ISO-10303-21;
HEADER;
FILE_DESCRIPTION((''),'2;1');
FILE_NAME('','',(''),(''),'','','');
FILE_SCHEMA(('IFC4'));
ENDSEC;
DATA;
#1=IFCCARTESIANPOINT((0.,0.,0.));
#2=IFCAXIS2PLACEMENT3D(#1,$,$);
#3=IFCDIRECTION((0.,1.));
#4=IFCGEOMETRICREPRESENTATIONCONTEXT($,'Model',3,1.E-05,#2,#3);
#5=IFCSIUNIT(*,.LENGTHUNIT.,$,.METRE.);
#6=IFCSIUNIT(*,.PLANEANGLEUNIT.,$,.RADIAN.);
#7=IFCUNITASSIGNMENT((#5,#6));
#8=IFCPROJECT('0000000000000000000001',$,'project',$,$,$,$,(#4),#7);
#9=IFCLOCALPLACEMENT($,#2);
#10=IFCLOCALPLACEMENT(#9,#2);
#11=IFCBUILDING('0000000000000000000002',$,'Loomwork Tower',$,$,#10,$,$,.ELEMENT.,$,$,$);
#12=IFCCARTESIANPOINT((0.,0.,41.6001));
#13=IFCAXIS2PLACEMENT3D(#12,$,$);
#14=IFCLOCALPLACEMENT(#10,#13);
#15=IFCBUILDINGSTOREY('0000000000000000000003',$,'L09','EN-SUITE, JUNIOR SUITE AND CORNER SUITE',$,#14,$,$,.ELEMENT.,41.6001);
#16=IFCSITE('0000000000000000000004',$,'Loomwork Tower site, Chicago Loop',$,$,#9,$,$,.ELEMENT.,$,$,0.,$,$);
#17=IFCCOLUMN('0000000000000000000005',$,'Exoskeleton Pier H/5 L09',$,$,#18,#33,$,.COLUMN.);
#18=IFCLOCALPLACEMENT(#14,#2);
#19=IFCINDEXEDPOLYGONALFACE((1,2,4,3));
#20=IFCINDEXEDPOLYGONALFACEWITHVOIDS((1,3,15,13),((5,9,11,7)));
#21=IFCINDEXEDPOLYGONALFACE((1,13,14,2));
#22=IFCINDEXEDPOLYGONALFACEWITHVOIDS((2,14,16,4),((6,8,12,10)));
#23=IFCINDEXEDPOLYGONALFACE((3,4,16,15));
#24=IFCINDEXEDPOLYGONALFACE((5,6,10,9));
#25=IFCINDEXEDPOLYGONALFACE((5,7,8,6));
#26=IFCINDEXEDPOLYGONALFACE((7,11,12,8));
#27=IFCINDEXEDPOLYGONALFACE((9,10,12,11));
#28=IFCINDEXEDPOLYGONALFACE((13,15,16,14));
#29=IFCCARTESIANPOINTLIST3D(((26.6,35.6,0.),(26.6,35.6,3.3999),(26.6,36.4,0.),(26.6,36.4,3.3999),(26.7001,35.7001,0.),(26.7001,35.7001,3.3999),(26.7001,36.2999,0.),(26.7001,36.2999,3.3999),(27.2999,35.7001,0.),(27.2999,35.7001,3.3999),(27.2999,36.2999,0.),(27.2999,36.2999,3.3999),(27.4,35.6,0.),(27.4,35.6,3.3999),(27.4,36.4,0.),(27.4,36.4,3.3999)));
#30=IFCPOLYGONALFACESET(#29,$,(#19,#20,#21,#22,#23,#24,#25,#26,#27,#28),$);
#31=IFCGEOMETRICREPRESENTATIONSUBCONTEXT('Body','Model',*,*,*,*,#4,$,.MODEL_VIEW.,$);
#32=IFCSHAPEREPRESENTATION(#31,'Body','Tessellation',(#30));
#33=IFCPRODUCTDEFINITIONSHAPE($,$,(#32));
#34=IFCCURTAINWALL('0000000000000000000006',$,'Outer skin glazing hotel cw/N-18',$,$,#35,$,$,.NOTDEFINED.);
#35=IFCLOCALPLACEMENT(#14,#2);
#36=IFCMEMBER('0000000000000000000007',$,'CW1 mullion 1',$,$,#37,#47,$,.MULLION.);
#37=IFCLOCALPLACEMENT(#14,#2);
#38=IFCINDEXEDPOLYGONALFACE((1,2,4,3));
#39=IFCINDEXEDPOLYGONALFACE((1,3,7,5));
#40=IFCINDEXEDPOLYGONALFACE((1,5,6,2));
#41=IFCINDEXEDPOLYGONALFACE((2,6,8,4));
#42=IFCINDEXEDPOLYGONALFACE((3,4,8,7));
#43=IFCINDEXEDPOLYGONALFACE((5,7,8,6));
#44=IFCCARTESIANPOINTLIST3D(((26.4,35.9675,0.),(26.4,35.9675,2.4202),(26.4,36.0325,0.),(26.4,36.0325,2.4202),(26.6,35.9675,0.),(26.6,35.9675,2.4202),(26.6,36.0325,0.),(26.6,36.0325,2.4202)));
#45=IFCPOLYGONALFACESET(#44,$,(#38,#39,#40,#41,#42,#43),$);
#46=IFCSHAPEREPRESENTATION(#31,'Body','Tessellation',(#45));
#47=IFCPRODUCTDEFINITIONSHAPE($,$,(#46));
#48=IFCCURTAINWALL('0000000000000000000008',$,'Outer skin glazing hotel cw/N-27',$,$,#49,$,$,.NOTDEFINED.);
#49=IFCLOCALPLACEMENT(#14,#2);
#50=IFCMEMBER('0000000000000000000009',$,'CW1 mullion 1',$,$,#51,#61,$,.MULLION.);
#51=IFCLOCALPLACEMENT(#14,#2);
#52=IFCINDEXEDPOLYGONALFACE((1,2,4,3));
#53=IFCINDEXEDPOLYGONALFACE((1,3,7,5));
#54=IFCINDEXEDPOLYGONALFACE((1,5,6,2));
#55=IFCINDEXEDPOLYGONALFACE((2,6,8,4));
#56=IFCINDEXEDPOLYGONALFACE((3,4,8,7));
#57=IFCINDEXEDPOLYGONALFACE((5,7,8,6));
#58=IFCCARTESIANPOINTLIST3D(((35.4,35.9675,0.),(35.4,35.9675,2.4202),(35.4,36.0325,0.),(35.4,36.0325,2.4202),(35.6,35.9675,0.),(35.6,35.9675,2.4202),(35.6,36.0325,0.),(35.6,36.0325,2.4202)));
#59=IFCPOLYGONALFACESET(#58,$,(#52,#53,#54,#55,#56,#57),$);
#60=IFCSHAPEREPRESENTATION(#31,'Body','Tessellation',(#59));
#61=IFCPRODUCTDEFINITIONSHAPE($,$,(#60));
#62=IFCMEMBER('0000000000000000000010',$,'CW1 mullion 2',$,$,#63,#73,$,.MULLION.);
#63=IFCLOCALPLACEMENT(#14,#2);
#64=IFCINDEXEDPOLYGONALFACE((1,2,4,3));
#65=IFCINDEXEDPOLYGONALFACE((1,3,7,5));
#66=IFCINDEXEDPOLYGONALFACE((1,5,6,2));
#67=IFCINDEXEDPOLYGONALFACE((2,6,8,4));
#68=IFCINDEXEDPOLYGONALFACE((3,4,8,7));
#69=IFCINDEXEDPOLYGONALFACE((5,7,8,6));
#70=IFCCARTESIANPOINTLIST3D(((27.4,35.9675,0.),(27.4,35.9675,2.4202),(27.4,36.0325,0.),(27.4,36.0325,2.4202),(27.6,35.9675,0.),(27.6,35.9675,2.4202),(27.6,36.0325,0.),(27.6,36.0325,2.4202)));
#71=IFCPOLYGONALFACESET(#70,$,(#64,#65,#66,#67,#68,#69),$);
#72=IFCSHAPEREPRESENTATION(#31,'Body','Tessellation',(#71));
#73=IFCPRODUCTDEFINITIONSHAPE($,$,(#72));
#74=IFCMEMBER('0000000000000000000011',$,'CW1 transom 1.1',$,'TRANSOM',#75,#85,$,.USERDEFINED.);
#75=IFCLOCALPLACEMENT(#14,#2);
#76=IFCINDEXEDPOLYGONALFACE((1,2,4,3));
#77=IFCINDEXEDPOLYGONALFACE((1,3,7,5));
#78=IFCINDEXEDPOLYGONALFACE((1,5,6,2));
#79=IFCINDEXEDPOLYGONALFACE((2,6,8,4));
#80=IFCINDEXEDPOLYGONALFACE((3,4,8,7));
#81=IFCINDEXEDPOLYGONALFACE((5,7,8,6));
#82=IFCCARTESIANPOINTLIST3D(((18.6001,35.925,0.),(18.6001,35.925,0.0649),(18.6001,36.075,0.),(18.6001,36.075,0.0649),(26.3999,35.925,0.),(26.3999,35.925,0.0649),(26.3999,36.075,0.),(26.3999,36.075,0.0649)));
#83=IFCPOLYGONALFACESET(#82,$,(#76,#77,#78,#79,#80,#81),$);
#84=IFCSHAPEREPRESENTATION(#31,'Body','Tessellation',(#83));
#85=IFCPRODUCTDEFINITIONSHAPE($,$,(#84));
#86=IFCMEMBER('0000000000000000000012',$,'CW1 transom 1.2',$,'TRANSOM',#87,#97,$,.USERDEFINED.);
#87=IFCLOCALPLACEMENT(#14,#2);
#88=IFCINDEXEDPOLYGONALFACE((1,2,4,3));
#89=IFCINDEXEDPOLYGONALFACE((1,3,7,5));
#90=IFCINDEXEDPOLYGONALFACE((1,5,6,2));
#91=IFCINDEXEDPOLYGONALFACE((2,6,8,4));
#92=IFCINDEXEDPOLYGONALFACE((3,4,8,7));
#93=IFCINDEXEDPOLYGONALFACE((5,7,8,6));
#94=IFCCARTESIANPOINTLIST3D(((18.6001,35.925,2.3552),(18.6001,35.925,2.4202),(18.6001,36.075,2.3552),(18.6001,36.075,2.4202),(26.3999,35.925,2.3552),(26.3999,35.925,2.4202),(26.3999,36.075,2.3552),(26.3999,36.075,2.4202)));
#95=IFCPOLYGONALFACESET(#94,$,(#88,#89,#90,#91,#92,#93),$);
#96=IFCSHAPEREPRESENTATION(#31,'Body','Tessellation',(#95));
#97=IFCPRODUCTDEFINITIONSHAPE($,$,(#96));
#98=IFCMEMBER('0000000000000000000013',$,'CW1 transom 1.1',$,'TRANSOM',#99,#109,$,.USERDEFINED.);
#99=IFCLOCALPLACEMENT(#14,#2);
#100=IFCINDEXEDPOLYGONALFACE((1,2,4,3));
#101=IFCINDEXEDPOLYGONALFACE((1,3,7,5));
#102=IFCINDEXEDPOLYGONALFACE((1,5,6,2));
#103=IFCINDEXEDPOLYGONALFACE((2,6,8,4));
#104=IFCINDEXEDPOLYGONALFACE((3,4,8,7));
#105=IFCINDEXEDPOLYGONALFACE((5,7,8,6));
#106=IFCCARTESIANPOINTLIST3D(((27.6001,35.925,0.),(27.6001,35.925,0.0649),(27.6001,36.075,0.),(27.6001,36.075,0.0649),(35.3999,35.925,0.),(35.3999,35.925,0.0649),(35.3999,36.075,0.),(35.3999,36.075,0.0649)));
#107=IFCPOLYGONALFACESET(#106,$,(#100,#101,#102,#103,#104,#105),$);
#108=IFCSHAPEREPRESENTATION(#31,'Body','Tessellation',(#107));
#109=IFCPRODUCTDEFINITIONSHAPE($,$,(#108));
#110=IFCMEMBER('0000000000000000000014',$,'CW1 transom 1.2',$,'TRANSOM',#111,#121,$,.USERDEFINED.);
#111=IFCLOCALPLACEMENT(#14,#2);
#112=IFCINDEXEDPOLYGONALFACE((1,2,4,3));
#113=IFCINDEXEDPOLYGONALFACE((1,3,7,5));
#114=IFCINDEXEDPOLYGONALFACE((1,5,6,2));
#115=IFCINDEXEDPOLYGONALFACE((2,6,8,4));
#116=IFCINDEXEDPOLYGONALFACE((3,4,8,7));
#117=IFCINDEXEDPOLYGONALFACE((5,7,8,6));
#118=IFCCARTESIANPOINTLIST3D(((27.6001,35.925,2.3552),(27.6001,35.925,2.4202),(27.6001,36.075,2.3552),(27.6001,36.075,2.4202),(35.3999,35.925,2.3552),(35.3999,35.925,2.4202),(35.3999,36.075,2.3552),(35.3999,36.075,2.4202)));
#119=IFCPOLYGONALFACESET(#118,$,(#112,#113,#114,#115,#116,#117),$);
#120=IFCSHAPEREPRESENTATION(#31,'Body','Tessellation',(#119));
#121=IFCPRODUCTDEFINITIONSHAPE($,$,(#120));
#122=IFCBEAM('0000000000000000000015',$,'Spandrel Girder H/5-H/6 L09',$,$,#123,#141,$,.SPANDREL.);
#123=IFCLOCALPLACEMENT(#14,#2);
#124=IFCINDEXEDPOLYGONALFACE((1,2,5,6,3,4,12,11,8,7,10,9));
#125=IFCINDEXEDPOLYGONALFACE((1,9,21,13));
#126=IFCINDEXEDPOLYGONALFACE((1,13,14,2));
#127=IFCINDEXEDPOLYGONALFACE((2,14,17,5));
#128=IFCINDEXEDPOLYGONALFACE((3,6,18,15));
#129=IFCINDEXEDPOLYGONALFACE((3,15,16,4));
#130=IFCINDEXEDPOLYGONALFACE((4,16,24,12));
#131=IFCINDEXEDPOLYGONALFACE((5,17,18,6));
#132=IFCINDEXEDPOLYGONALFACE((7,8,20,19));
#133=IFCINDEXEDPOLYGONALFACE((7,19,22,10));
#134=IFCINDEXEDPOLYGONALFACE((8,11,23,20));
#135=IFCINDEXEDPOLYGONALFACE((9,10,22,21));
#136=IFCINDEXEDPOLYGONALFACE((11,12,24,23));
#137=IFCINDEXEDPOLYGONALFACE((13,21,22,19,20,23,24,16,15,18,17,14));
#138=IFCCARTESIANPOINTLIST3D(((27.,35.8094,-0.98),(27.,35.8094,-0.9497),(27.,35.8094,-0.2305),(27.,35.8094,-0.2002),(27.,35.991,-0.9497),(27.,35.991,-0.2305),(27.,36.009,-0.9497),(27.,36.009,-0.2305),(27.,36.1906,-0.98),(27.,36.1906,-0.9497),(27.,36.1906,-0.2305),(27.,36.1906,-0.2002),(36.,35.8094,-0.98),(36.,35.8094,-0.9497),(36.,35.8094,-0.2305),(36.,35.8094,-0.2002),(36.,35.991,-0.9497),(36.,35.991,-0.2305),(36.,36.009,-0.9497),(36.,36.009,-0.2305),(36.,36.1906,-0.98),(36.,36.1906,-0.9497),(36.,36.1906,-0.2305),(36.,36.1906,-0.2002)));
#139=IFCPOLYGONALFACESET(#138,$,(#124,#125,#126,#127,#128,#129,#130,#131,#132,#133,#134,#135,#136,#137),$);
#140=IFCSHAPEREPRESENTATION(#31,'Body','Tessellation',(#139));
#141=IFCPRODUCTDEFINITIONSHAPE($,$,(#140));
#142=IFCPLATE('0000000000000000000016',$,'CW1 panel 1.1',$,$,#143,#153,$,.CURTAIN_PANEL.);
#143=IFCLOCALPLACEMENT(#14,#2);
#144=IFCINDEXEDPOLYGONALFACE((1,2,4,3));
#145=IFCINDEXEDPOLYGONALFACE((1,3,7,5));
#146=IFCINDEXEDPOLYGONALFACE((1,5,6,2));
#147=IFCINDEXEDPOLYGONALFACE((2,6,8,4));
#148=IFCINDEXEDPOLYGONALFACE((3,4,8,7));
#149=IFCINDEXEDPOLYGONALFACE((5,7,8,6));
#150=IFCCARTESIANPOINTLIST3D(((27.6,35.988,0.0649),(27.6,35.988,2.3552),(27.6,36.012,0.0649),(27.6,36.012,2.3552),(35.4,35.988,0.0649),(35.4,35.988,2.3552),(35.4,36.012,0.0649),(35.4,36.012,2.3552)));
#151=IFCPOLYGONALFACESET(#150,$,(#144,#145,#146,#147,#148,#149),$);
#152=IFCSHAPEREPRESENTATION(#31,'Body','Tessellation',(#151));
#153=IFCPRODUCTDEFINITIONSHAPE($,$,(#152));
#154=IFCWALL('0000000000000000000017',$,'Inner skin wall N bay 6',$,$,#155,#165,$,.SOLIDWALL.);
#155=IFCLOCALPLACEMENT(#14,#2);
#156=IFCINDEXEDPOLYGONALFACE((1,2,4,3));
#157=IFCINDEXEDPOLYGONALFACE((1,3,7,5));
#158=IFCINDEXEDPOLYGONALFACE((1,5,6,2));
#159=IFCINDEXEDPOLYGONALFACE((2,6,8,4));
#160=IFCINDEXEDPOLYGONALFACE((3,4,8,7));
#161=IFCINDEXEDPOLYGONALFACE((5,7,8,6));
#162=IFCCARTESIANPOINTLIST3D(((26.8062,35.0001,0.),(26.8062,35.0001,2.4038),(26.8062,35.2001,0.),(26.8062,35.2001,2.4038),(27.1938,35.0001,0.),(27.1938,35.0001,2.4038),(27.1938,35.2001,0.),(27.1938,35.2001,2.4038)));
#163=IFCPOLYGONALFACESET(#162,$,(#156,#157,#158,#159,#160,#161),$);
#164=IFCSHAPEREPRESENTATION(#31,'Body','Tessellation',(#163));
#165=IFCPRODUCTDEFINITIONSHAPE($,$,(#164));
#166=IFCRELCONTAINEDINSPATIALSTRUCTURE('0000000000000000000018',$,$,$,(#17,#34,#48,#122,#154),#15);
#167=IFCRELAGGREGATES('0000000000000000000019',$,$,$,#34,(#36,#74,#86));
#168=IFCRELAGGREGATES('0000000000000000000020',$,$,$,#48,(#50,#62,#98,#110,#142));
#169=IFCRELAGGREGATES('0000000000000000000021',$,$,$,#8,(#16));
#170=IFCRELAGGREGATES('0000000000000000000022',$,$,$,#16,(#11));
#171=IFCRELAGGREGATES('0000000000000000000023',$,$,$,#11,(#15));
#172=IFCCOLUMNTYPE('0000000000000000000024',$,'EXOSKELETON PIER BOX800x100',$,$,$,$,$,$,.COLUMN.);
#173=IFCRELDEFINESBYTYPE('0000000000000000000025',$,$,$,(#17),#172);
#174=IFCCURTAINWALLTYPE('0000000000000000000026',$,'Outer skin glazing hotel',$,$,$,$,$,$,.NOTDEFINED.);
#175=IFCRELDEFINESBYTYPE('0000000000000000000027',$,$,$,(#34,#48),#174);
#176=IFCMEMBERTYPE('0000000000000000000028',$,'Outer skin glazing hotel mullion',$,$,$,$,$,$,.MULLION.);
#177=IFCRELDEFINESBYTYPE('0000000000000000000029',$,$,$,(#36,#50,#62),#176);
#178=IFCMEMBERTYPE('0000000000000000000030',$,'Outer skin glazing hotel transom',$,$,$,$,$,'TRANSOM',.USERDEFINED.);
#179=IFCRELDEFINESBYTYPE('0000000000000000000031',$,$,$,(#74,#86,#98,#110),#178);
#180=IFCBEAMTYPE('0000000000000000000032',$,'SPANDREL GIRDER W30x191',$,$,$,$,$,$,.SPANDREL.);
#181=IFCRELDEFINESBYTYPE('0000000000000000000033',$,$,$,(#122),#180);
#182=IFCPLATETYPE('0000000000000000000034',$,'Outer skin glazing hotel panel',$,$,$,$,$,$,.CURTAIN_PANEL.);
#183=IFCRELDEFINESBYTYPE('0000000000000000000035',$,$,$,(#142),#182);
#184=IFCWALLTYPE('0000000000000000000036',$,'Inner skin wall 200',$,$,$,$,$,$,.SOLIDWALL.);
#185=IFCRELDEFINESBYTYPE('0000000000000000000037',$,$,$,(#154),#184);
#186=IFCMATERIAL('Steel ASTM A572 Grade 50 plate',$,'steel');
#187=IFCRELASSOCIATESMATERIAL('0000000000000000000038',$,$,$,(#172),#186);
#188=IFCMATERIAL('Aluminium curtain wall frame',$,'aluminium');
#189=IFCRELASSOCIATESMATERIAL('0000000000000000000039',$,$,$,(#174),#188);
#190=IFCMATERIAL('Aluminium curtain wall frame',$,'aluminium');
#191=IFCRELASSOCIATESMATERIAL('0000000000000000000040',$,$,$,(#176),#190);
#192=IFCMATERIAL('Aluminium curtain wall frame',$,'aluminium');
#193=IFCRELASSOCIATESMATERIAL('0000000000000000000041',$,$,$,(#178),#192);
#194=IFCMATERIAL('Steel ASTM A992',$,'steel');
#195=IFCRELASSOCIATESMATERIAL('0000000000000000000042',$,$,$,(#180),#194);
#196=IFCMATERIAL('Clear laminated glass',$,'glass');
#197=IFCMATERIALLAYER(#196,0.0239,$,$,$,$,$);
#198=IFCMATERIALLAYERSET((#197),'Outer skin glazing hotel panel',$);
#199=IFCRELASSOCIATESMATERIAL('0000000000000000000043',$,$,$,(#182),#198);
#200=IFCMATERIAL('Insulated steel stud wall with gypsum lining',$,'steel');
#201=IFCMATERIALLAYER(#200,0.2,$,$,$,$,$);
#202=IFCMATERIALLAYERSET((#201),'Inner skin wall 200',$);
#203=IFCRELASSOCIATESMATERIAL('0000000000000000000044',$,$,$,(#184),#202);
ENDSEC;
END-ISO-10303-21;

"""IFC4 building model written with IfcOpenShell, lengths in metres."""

from ifc_helpers import new_model, si_unit, direction, frame, frame_2d, origin, origin_2d, place, context, subcontext, project, spatial, rectangle, hollow_rectangle, i_section, extrude, material, layer, layer_set, material_profile, profile_set, type_object, element, aggregate, save


model = new_model("IFC4")

# Units and contexts
model_context = context("Model", 3, precision=1e-05, world=origin(), true_north=direction((0.0, 1.0)))
body_context = subcontext(model_context, "Body", "Model", "MODEL_VIEW")
ifc_project = project(units=[si_unit("LENGTHUNIT", "METRE"), si_unit("PLANEANGLEUNIT", "RADIAN")], contexts=[model_context])

# Site, building, storey
site_placement = place(None, origin())
site = spatial("IfcSite", under=ifc_project, at=site_placement, Name="Loomwork Tower site, Chicago Loop", CompositionType="ELEMENT", RefElevation=0.0)
building_placement = place(site_placement, origin())
building = spatial("IfcBuilding", under=site, at=building_placement, Name="Loomwork Tower", CompositionType="ELEMENT")
storey_placement = place(building_placement, frame((0.0, 0.0, 41.6001)))
storey = spatial("IfcBuildingStorey", under=building, at=storey_placement, Name="L09", Description="EN-SUITE, JUNIOR SUITE AND CORNER SUITE", CompositionType="ELEMENT", Elevation=41.6001)

# Column
ifc_material_1 = material(Name="Steel ASTM A572 Grade 50 plate", Category="steel")
ifc_material_profile_1 = material_profile(ifc_material_1, hollow_rectangle(XDim=0.8, YDim=0.8, WallThickness=0.1001, at=origin_2d()), Name="BOX800x100")
ifc_profile_set_1 = profile_set([ifc_material_profile_1], Name="Steel ASTM A572 Grade 50 plate")
column_type = type_object("IfcColumnType", Name="EXOSKELETON PIER BOX800x100", PredefinedType="COLUMN", material=ifc_profile_set_1)
column_placement = place(storey_placement, frame((27.0, 36.0, 0.0), z_axis=(0.0, 0.0, 1.0), x_axis=(1.0, 0.0, 0.0)))
element("IfcColumn", 1, at=column_placement, inside=storey, type_object=column_type, Name="Exoskeleton Pier H/5 L09", PredefinedType="COLUMN", context=body_context, shape_type="SweptSolid", body=[
    extrude(hollow_rectangle(XDim=0.8, YDim=0.8, WallThickness=0.1001, at=origin_2d()), origin(), (0.0, 0.0, 1.0), 3.3999),
])

# Curtain wall, member
ifc_material_2 = material(Name="Aluminium curtain wall frame", Category="aluminium")
curtain_wall_type = type_object("IfcCurtainWallType", Name="Outer skin glazing hotel", PredefinedType="NOTDEFINED", material=ifc_material_2)
curtain_wall_1_placement = place(storey_placement, origin())
curtain_wall_1 = element("IfcCurtainWall", 2, at=curtain_wall_1_placement, inside=storey, type_object=curtain_wall_type, Name="Outer skin glazing hotel cw/N-18", PredefinedType="NOTDEFINED")
ifc_material_3 = material(Name="Aluminium curtain wall frame", Category="aluminium")
ifc_material_profile_2 = material_profile(ifc_material_3, rectangle(XDim=0.0649, YDim=0.2, at=origin_2d()), Name="AL 65x200")
ifc_profile_set_2 = profile_set([ifc_material_profile_2], Name="Aluminium curtain wall frame")
member_type_1 = type_object("IfcMemberType", Name="Outer skin glazing hotel mullion", PredefinedType="MULLION", material=ifc_profile_set_2)
member_1_placement = place(storey_placement, frame((26.5, 36.0, 0.0), z_axis=(0.0, 0.0, 1.0), x_axis=(0.0, -1.0, 0.0)))
member_1 = element("IfcMember", 3, at=member_1_placement, type_object=member_type_1, Name="CW1 mullion 1", PredefinedType="MULLION", context=body_context, shape_type="SweptSolid", body=[
    extrude(rectangle(XDim=0.0649, YDim=0.2, at=origin_2d()), origin(), (0.0, 0.0, 1.0), 2.4202),
])

# Curtain wall, members
curtain_wall_2_placement = place(storey_placement, origin())
curtain_wall_2 = element("IfcCurtainWall", 4, at=curtain_wall_2_placement, inside=storey, type_object=curtain_wall_type, Name="Outer skin glazing hotel cw/N-27", PredefinedType="NOTDEFINED")
member_2_placement = place(storey_placement, frame((35.5, 36.0, 0.0), z_axis=(0.0, 0.0, 1.0), x_axis=(0.0, -1.0, 0.0)))
member_2 = element("IfcMember", 5, at=member_2_placement, type_object=member_type_1, Name="CW1 mullion 1", PredefinedType="MULLION", context=body_context, shape_type="SweptSolid", body=[
    extrude(rectangle(XDim=0.0649, YDim=0.2, at=origin_2d()), origin(), (0.0, 0.0, 1.0), 2.4202),
])
member_3_placement = place(storey_placement, frame((27.5, 36.0, 0.0), z_axis=(0.0, 0.0, 1.0), x_axis=(0.0, -1.0, 0.0)))
member_3 = element("IfcMember", 6, at=member_3_placement, type_object=member_type_1, Name="CW1 mullion 2", PredefinedType="MULLION", context=body_context, shape_type="SweptSolid", body=[
    extrude(rectangle(XDim=0.0649, YDim=0.2, at=origin_2d()), origin(), (0.0, 0.0, 1.0), 2.4202),
])

# Members
ifc_material_4 = material(Name="Aluminium curtain wall frame", Category="aluminium")
ifc_material_profile_3 = material_profile(ifc_material_4, rectangle(XDim=0.1499, YDim=0.0649, at=origin_2d()), Name="AL 65x150")
ifc_profile_set_3 = profile_set([ifc_material_profile_3], Name="Aluminium curtain wall frame")
member_type_2 = type_object("IfcMemberType", Name="Outer skin glazing hotel transom", ElementType="TRANSOM", PredefinedType="USERDEFINED", material=ifc_profile_set_3)
member_4_placement = place(storey_placement, frame((26.3999, 36.0, 0.0325), z_axis=(-1.0, 0.0, 0.0), x_axis=(0.0, -1.0, 0.0)))
member_4 = element("IfcMember", 7, at=member_4_placement, type_object=member_type_2, Name="CW1 transom 1.1", ObjectType="TRANSOM", PredefinedType="USERDEFINED", context=body_context, shape_type="SweptSolid", body=[
    extrude(rectangle(XDim=0.1499, YDim=0.0649, at=origin_2d()), origin(), (0.0, 0.0, 1.0), 7.7998),
])
member_5_placement = place(storey_placement, frame((26.3999, 36.0, 2.3877), z_axis=(-1.0, 0.0, 0.0), x_axis=(0.0, -1.0, 0.0)))
member_5 = element("IfcMember", 8, at=member_5_placement, type_object=member_type_2, Name="CW1 transom 1.2", ObjectType="TRANSOM", PredefinedType="USERDEFINED", context=body_context, shape_type="SweptSolid", body=[
    extrude(rectangle(XDim=0.1499, YDim=0.0649, at=origin_2d()), origin(), (0.0, 0.0, 1.0), 7.7998),
])
aggregate(curtain_wall_1, [member_1, member_4, member_5])
member_6_placement = place(storey_placement, frame((35.3999, 36.0, 0.0325), z_axis=(-1.0, 0.0, 0.0), x_axis=(0.0, -1.0, 0.0)))
member_6 = element("IfcMember", 9, at=member_6_placement, type_object=member_type_2, Name="CW1 transom 1.1", ObjectType="TRANSOM", PredefinedType="USERDEFINED", context=body_context, shape_type="SweptSolid", body=[
    extrude(rectangle(XDim=0.1499, YDim=0.0649, at=origin_2d()), origin(), (0.0, 0.0, 1.0), 7.7998),
])
member_7_placement = place(storey_placement, frame((35.3999, 36.0, 2.3877), z_axis=(-1.0, 0.0, 0.0), x_axis=(0.0, -1.0, 0.0)))
member_7 = element("IfcMember", 10, at=member_7_placement, type_object=member_type_2, Name="CW1 transom 1.2", ObjectType="TRANSOM", PredefinedType="USERDEFINED", context=body_context, shape_type="SweptSolid", body=[
    extrude(rectangle(XDim=0.1499, YDim=0.0649, at=origin_2d()), origin(), (0.0, 0.0, 1.0), 7.7998),
])

# Beam
ifc_material_5 = material(Name="Steel ASTM A992", Category="steel")
ifc_material_profile_4 = material_profile(ifc_material_5, i_section(OverallWidth=0.3811, OverallDepth=0.7798, WebThickness=0.0181, FlangeThickness=0.0303, at=origin_2d()), Name="W30x191")
ifc_profile_set_4 = profile_set([ifc_material_profile_4], Name="Steel ASTM A992")
beam_type = type_object("IfcBeamType", Name="SPANDREL GIRDER W30x191", PredefinedType="SPANDREL", material=ifc_profile_set_4)
beam_placement = place(storey_placement, frame((27.0, 36.0, -0.5901), z_axis=(1.0, 0.0, 0.0), x_axis=(0.0, 1.0, 0.0)))
element("IfcBeam", 11, at=beam_placement, inside=storey, type_object=beam_type, Name="Spandrel Girder H/5-H/6 L09", PredefinedType="SPANDREL", context=body_context, shape_type="SweptSolid", body=[
    extrude(i_section(OverallWidth=0.3811, OverallDepth=0.7798, WebThickness=0.0181, FlangeThickness=0.0303, at=origin_2d()), origin(), (0.0, 0.0, 1.0), 9.0),
])

# Plate
ifc_material_6 = material(Name="Clear laminated glass", Category="glass")
ifc_layer_1 = layer(ifc_material_6, 0.0239)
ifc_layer_set_1 = layer_set([ifc_layer_1], Name="Outer skin glazing hotel panel")
plate_type = type_object("IfcPlateType", Name="Outer skin glazing hotel panel", PredefinedType="CURTAIN_PANEL", material=ifc_layer_set_1)
plate_placement = place(storey_placement, frame((31.5, 36.0, 0.0649), z_axis=(0.0, 0.0, 1.0), x_axis=(-1.0, 0.0, 0.0)))
plate = element("IfcPlate", 12, at=plate_placement, type_object=plate_type, Name="CW1 panel 1.1", PredefinedType="CURTAIN_PANEL", context=body_context, shape_type="SweptSolid", body=[
    extrude(rectangle(XDim=7.8, YDim=0.0239, at=origin_2d()), origin(), (0.0, 0.0, 1.0), 2.2903),
])
aggregate(curtain_wall_2, [member_2, member_3, member_6, member_7, plate])

# Wall
ifc_material_7 = material(Name="Insulated steel stud wall with gypsum lining", Category="steel")
ifc_layer_2 = layer(ifc_material_7, 0.2)
ifc_layer_set_2 = layer_set([ifc_layer_2], Name="Inner skin wall 200")
wall_type = type_object("IfcWallType", Name="Inner skin wall 200", PredefinedType="SOLIDWALL", material=ifc_layer_set_2)
wall_1_placement = place(storey_placement, frame((26.8062, 35.1001, 0.0), z_axis=(0.0, 0.0, 1.0), x_axis=(1.0, 0.0, 0.0)))
element("IfcWall", 13, at=wall_1_placement, inside=storey, type_object=wall_type, Name="Inner skin wall N bay 6", PredefinedType="SOLIDWALL", context=body_context, shape_type="SweptSolid", body=[
    extrude(rectangle(XDim=0.3877, YDim=0.2, at=frame_2d((0.1938, 0.0))), origin(), (0.0, 0.0, 1.0), 2.4038),
])

save(model, "model.ifc")
